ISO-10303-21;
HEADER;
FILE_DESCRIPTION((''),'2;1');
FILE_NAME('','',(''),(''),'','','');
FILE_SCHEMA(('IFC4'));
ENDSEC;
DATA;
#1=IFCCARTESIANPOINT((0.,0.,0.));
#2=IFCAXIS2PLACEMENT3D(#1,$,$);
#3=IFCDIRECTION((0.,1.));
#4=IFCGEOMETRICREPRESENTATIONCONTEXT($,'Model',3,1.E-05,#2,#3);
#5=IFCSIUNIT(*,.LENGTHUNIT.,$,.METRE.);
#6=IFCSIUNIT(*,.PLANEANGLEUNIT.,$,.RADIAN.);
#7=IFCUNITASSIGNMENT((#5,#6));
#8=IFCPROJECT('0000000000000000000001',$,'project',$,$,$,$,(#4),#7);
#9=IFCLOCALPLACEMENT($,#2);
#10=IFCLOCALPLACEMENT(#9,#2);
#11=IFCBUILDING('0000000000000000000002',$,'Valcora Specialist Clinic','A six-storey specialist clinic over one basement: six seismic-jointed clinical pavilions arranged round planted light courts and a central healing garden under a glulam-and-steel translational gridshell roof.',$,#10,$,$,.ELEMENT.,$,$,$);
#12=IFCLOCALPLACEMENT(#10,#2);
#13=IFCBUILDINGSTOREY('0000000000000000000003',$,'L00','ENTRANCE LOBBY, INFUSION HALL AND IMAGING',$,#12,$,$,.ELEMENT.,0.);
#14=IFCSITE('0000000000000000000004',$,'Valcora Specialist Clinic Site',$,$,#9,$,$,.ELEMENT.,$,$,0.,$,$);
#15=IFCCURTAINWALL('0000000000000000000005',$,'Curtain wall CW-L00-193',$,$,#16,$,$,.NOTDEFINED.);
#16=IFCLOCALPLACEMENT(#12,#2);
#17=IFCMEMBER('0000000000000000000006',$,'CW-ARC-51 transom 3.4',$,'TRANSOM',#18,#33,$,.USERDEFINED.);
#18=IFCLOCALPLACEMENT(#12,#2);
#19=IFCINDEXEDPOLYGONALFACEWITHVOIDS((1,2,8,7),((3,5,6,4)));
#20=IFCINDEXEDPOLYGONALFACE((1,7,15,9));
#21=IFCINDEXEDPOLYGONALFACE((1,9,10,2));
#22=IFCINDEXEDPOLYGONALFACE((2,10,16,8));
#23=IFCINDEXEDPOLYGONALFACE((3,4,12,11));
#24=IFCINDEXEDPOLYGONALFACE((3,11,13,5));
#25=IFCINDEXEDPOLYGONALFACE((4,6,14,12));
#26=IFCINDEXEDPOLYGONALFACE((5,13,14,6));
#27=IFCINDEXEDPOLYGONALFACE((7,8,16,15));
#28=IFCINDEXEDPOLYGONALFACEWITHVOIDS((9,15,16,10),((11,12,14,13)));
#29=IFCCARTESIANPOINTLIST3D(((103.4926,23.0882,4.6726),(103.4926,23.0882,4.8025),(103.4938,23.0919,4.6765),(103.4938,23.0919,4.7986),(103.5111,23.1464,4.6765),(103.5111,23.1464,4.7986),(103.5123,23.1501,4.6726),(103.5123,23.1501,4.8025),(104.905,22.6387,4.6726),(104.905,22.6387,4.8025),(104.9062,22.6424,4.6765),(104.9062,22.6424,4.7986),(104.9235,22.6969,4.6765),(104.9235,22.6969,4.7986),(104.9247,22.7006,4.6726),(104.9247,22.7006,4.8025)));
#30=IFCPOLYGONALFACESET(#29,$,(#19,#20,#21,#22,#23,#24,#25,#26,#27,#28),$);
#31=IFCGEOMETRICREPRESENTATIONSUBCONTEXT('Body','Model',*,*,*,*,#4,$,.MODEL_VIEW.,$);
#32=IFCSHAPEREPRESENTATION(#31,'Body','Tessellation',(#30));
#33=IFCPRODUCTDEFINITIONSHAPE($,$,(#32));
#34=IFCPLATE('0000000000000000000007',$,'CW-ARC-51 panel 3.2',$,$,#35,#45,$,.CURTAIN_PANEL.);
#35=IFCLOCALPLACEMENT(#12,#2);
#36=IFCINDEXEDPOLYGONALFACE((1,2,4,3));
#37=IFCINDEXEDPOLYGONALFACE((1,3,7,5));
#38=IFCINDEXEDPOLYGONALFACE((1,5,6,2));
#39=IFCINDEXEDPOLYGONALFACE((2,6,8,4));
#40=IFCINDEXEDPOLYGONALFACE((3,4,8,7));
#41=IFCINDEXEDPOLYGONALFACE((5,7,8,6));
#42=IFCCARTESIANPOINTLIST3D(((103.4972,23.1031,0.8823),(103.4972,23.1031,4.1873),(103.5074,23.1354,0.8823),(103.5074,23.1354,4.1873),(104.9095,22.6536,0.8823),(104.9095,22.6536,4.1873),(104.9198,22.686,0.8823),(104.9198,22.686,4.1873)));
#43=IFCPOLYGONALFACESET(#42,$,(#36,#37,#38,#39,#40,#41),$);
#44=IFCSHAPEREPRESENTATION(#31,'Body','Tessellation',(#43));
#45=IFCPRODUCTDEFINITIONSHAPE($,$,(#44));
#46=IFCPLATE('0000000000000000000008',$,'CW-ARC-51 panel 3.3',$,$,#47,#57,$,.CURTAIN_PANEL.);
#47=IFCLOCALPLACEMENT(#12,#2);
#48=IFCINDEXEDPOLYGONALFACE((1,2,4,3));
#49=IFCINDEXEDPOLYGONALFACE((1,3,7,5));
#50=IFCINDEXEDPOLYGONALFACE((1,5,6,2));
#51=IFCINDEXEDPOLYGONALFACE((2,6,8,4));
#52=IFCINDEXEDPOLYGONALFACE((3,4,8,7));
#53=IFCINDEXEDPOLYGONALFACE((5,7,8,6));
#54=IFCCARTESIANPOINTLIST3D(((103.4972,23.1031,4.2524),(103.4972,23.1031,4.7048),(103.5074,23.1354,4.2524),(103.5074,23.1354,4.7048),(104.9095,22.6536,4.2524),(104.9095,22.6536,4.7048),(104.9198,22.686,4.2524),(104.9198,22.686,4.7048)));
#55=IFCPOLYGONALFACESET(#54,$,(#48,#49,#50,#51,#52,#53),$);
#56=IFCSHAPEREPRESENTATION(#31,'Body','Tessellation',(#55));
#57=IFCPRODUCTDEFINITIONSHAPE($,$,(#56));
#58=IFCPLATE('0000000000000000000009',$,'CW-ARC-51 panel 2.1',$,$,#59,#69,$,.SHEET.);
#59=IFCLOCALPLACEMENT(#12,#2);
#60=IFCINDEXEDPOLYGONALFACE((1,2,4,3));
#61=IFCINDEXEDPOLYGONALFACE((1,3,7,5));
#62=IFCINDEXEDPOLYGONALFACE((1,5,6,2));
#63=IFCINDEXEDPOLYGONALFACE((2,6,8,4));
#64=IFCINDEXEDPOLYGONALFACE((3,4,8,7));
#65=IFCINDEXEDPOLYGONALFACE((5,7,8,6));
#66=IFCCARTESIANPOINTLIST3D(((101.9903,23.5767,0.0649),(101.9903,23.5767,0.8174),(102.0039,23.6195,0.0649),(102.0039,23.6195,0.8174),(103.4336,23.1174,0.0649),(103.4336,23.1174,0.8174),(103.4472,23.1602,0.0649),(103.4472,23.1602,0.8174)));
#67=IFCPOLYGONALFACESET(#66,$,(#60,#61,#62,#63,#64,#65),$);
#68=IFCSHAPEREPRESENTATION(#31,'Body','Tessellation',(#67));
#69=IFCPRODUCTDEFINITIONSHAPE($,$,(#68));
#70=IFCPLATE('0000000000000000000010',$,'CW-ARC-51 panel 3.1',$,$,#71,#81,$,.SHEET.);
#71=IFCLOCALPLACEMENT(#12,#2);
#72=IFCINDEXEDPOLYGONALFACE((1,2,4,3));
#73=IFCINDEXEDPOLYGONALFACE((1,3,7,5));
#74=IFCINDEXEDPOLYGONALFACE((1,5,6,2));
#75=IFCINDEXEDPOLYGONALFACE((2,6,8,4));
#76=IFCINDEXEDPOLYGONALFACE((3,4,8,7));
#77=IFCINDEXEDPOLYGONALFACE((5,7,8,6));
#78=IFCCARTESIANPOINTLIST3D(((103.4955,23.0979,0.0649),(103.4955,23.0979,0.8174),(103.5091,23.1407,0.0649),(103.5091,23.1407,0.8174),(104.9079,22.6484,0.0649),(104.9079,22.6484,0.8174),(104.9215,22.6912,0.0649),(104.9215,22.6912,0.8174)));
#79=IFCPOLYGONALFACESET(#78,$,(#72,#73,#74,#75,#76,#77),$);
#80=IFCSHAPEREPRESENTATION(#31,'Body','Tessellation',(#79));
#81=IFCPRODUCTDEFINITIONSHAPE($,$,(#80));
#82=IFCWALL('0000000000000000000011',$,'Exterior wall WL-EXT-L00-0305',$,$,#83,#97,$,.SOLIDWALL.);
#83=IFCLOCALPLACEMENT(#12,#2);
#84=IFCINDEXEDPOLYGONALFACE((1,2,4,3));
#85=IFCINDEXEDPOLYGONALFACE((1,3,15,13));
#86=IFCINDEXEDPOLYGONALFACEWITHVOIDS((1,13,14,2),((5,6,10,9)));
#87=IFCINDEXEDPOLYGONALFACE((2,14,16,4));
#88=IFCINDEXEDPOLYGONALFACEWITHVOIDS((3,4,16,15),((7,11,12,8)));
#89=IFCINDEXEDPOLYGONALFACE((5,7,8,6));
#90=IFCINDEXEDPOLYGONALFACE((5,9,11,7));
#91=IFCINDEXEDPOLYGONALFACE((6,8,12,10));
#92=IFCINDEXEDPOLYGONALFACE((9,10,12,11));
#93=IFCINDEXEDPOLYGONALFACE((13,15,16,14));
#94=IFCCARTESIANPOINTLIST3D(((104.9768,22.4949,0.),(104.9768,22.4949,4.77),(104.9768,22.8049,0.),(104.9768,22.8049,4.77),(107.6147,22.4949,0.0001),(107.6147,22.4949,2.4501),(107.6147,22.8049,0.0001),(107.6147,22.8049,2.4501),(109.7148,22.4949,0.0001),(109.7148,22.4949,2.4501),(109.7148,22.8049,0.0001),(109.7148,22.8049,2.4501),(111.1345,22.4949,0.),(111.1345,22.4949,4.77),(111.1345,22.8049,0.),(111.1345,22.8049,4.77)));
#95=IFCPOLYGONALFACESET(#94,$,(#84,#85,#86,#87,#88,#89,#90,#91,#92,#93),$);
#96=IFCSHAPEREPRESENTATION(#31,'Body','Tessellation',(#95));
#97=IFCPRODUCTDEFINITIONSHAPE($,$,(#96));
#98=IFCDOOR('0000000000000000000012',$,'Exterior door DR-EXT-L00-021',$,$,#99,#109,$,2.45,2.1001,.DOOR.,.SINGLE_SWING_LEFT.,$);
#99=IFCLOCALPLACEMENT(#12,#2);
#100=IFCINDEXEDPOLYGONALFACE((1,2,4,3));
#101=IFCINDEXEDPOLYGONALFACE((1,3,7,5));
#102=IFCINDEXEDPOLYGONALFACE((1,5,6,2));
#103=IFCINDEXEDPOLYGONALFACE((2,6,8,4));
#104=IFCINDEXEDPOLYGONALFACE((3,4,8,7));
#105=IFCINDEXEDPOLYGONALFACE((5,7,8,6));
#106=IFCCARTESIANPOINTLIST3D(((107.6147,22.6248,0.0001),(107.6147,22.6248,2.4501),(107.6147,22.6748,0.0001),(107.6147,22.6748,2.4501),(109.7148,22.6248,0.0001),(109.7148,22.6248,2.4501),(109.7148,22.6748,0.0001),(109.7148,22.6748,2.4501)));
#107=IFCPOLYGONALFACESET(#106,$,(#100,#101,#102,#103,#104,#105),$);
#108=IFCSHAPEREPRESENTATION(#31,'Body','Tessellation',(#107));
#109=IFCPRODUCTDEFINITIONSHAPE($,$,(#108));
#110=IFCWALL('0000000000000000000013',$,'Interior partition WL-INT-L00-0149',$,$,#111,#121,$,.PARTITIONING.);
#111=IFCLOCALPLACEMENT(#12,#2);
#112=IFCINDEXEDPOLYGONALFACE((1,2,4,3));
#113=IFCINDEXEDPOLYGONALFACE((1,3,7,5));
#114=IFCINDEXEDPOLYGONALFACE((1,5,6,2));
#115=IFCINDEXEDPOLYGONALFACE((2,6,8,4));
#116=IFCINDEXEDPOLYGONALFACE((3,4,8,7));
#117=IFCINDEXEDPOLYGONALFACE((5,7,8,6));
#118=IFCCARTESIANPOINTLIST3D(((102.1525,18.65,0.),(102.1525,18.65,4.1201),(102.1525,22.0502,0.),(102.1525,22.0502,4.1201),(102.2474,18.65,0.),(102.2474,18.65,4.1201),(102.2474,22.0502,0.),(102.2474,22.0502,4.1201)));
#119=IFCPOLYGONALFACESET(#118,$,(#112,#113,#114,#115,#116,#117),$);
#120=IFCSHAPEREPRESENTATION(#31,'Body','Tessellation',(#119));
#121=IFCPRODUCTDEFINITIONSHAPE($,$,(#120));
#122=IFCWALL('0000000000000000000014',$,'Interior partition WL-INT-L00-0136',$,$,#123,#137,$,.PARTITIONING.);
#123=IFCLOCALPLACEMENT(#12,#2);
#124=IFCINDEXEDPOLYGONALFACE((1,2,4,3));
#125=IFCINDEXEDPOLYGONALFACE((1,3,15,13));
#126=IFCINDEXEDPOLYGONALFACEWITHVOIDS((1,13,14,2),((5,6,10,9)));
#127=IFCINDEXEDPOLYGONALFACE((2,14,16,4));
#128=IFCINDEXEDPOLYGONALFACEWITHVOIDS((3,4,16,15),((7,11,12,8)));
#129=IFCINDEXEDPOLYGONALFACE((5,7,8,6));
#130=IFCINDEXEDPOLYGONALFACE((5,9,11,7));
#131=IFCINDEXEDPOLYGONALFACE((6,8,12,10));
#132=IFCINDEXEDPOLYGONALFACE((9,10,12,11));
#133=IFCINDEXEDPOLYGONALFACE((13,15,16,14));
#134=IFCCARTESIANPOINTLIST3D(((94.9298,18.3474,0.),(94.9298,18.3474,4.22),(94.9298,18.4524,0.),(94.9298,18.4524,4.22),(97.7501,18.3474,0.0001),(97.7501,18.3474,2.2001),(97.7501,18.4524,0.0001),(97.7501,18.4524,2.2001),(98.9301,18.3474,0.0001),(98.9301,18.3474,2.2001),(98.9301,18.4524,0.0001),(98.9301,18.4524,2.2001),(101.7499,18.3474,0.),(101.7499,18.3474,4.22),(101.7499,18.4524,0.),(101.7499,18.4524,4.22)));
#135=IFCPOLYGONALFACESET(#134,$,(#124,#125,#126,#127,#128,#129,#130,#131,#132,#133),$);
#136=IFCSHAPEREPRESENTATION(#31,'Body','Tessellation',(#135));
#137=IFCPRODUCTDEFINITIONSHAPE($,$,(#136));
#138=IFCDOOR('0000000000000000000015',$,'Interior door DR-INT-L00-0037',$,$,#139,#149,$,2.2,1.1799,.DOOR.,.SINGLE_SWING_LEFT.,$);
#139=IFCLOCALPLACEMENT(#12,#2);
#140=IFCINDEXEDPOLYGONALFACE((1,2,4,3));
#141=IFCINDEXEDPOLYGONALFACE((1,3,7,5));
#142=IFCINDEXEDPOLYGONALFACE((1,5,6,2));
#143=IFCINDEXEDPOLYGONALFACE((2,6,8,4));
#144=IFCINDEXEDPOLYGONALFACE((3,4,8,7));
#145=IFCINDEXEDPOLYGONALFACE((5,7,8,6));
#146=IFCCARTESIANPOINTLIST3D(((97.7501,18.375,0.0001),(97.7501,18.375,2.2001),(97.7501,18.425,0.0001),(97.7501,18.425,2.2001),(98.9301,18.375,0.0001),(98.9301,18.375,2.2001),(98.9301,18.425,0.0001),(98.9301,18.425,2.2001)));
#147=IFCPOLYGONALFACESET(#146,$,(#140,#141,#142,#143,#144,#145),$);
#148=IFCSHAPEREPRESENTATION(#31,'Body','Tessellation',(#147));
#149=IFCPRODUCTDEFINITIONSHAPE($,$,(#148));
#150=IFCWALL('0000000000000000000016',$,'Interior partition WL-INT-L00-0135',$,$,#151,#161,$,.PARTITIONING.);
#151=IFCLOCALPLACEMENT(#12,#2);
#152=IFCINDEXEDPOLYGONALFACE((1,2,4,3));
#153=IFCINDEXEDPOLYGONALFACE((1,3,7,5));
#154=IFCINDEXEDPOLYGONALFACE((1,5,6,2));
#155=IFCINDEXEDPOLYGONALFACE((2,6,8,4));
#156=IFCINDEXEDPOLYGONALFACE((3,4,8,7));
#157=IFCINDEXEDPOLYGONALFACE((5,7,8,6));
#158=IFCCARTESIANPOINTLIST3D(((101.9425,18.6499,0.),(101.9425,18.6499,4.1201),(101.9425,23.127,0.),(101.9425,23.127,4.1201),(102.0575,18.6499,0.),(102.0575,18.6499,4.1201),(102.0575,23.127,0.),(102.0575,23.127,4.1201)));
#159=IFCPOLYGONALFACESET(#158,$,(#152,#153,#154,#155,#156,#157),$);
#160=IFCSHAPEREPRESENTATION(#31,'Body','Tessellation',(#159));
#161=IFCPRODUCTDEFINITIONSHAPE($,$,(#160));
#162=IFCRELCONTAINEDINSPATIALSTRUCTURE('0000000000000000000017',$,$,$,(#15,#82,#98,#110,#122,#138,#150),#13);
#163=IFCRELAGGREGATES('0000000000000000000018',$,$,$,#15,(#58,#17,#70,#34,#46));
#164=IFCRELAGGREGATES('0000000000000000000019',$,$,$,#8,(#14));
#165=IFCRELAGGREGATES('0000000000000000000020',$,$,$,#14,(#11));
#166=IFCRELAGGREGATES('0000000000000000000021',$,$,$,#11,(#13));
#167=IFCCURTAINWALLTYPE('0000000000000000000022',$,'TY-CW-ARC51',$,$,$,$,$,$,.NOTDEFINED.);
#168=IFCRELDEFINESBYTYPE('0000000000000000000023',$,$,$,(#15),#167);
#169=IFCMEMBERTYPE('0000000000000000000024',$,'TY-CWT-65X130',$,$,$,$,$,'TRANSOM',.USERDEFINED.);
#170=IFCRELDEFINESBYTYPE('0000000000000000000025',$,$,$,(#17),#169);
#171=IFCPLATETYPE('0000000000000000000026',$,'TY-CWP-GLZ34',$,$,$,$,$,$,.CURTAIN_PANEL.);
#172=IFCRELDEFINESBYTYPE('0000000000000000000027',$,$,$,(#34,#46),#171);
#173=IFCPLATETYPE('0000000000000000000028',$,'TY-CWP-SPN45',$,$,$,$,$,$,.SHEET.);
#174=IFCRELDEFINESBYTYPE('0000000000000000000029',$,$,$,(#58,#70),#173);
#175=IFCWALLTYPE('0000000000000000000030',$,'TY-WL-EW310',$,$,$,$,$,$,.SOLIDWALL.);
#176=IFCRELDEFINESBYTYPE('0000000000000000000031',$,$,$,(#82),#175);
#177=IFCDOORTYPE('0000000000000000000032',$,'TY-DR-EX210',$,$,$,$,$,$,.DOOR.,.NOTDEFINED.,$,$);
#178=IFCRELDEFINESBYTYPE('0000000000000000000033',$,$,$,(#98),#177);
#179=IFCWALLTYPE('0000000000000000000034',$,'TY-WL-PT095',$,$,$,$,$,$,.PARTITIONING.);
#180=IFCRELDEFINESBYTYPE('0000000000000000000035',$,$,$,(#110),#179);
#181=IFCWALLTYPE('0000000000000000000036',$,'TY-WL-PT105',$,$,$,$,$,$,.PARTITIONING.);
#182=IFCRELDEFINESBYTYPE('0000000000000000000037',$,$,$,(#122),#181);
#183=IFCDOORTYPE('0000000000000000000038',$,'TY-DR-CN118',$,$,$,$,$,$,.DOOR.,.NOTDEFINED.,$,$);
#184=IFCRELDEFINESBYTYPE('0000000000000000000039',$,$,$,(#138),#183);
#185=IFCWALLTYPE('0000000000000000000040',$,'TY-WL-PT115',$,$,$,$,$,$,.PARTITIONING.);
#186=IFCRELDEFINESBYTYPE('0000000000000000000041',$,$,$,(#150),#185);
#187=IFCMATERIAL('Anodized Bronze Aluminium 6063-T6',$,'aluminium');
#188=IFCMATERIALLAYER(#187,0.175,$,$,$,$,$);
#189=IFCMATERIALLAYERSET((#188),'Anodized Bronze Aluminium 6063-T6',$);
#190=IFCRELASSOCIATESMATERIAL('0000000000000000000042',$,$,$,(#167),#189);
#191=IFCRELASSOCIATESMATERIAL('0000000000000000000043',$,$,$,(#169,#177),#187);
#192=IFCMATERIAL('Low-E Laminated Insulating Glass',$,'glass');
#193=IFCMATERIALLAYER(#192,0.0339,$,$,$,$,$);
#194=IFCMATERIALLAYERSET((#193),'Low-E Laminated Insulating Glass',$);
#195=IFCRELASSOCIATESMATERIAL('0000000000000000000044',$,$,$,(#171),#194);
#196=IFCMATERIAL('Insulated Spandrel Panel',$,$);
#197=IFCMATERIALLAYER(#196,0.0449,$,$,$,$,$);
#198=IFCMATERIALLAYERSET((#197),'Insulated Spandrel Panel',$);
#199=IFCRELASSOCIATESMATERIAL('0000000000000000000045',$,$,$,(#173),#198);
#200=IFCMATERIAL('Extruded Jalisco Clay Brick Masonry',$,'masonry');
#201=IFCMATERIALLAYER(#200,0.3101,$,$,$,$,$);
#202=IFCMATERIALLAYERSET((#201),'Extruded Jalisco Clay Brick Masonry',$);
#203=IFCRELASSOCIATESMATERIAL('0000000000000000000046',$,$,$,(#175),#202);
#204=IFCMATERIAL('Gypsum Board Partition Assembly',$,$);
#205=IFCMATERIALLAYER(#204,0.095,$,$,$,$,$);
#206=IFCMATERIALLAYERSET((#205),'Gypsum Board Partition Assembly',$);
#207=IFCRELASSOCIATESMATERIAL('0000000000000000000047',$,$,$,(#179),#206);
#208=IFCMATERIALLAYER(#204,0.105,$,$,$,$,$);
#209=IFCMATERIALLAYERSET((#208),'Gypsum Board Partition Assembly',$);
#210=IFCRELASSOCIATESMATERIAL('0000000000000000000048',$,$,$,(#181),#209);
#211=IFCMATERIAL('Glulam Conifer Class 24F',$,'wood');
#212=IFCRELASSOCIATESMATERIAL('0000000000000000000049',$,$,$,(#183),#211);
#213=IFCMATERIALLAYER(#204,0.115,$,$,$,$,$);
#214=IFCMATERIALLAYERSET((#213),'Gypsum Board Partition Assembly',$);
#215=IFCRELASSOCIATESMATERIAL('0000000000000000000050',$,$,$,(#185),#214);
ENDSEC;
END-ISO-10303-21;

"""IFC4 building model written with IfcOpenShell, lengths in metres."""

from ifc_helpers import new_model, si_unit, direction, frame, frame_2d, origin, origin_2d, place, context, subcontext, project, spatial, rectangle, hollow_rectangle, extrude, material, layer, layer_set, material_profile, profile_set, type_object, element, fill, aggregate, save


model = new_model("IFC4")

# Units and contexts
model_context = context("Model", 3, precision=1e-05, world=origin(), true_north=direction((0.0, 1.0)))
body_context = subcontext(model_context, "Body", "Model", "MODEL_VIEW")
ifc_project = project(units=[si_unit("LENGTHUNIT", "METRE"), si_unit("PLANEANGLEUNIT", "RADIAN")], contexts=[model_context])

# Site, building, storey
site_placement = place(None, origin())
site = spatial("IfcSite", under=ifc_project, at=site_placement, Name="Valcora Specialist Clinic Site", CompositionType="ELEMENT", RefElevation=0.0)
building_placement = place(site_placement, origin())
building = spatial("IfcBuilding", under=site, at=building_placement, Name="Valcora Specialist Clinic", Description="A six-storey specialist clinic over one basement: six seismic-jointed clinical pavilions arranged round planted light courts and a central healing garden under a glulam-and-steel translational gridshell roof.", CompositionType="ELEMENT")
storey_placement = place(building_placement, origin())
storey = spatial("IfcBuildingStorey", under=building, at=storey_placement, Name="L00", Description="ENTRANCE LOBBY, INFUSION HALL AND IMAGING", CompositionType="ELEMENT", Elevation=0.0)

# Curtain wall, member, plates
ifc_material_1 = material(Name="Anodized Bronze Aluminium 6063-T6", Category="aluminium")
ifc_layer_1 = layer(ifc_material_1, 0.175)
ifc_layer_set_1 = layer_set([ifc_layer_1], Name="Anodized Bronze Aluminium 6063-T6")
curtain_wall_type = type_object("IfcCurtainWallType", Name="TY-CW-ARC51", PredefinedType="NOTDEFINED", material=ifc_layer_set_1)
curtain_wall_placement = place(storey_placement, origin())
curtain_wall = element("IfcCurtainWall", 1, at=curtain_wall_placement, inside=storey, type_object=curtain_wall_type, Name="Curtain wall CW-L00-193", PredefinedType="NOTDEFINED")
ifc_material_profile_1 = material_profile(ifc_material_1, hollow_rectangle(XDim=0.0649, YDim=0.1299, WallThickness=0.0039, at=origin_2d()), Name="AL-TRN-65X130")
ifc_profile_set_1 = profile_set([ifc_material_profile_1], Name="Anodized Bronze Aluminium 6063-T6")
member_type_1 = type_object("IfcMemberType", Name="TY-CWT-65X130", ElementType="TRANSOM", PredefinedType="USERDEFINED", material=ifc_profile_set_1)
member_1_placement = place(storey_placement, frame((103.5024, 23.1191, 4.7375), z_axis=(0.952911, -0.303251, 0.0), x_axis=(0.303251, 0.952911, 0.0)))
member_1 = element("IfcMember", 2, at=member_1_placement, type_object=member_type_1, Name="CW-ARC-51 transom 3.4", ObjectType="TRANSOM", PredefinedType="USERDEFINED", context=body_context, shape_type="SweptSolid", body=[
    extrude(hollow_rectangle(XDim=0.0649, YDim=0.1299, WallThickness=0.0039, at=origin_2d()), origin(), (0.0, 0.0, 1.0), 1.4822),
])
ifc_material_2 = material(Name="Low-E Laminated Insulating Glass", Category="glass")
ifc_layer_2 = layer(ifc_material_2, 0.0339)
ifc_layer_set_2 = layer_set([ifc_layer_2], Name="Low-E Laminated Insulating Glass")
plate_type_1 = type_object("IfcPlateType", Name="TY-CWP-GLZ34", PredefinedType="CURTAIN_PANEL", material=ifc_layer_set_2)
plate_1_placement = place(storey_placement, frame((104.2085, 22.8945, 0.8823), z_axis=(0.0, 0.0, 1.0), x_axis=(0.952916, -0.303233, 0.0)))
plate_1 = element("IfcPlate", 3, at=plate_1_placement, type_object=plate_type_1, Name="CW-ARC-51 panel 3.2", PredefinedType="CURTAIN_PANEL", context=body_context, shape_type="SweptSolid", body=[
    extrude(rectangle(XDim=1.4822, YDim=0.0339, at=origin_2d()), origin(), (0.0, 0.0, 1.0), 3.3049),
])
plate_2_placement = place(storey_placement, frame((104.2085, 22.8945, 4.2524), z_axis=(0.0, 0.0, 1.0), x_axis=(0.952916, -0.303233, 0.0)))
plate_2 = element("IfcPlate", 4, at=plate_2_placement, type_object=plate_type_1, Name="CW-ARC-51 panel 3.3", PredefinedType="CURTAIN_PANEL", context=body_context, shape_type="SweptSolid", body=[
    extrude(rectangle(XDim=1.4822, YDim=0.0339, at=origin_2d()), origin(), (0.0, 0.0, 1.0), 0.4524),
])
ifc_material_3 = material(Name="Insulated Spandrel Panel")
ifc_layer_3 = layer(ifc_material_3, 0.0449)
ifc_layer_set_3 = layer_set([ifc_layer_3], Name="Insulated Spandrel Panel")
plate_type_2 = type_object("IfcPlateType", Name="TY-CWP-SPN45", PredefinedType="SHEET", material=ifc_layer_set_3)
plate_3_placement = place(storey_placement, frame((102.7188, 23.3684, 0.0649), z_axis=(0.0, 0.0, 1.0), x_axis=(0.952916, -0.303233, 0.0)))
plate_3 = element("IfcPlate", 5, at=plate_3_placement, type_object=plate_type_2, Name="CW-ARC-51 panel 2.1", PredefinedType="SHEET", context=body_context, shape_type="SweptSolid", body=[
    extrude(rectangle(XDim=1.5146, YDim=0.0449, at=origin_2d()), origin(), (0.0, 0.0, 1.0), 0.7524),
])
plate_4_placement = place(storey_placement, frame((104.2085, 22.8945, 0.0649), z_axis=(0.0, 0.0, 1.0), x_axis=(0.952916, -0.303233, 0.0)))
plate_4 = element("IfcPlate", 6, at=plate_4_placement, type_object=plate_type_2, Name="CW-ARC-51 panel 3.1", PredefinedType="SHEET", context=body_context, shape_type="SweptSolid", body=[
    extrude(rectangle(XDim=1.4822, YDim=0.0449, at=origin_2d()), origin(), (0.0, 0.0, 1.0), 0.7524),
])
aggregate(curtain_wall, [plate_3, member_1, plate_4, plate_1, plate_2])

# Wall, opening, door
ifc_material_4 = material(Name="Extruded Jalisco Clay Brick Masonry", Category="masonry")
ifc_layer_4 = layer(ifc_material_4, 0.3101)
ifc_layer_set_4 = layer_set([ifc_layer_4], Name="Extruded Jalisco Clay Brick Masonry")
wall_type_1 = type_object("IfcWallType", Name="TY-WL-EW310", PredefinedType="SOLIDWALL", material=ifc_layer_set_4)
wall_1_placement = place(storey_placement, frame((104.9768, 22.6499, 0.0), z_axis=(0.0, 0.0, 1.0), x_axis=(1.0, 0.0, 0.0)))
wall_1 = element("IfcWall", 7, at=wall_1_placement, inside=storey, type_object=wall_type_1, Name="Exterior wall WL-EXT-L00-0305", PredefinedType="SOLIDWALL", context=body_context, shape_type="SweptSolid", body=[
    extrude(rectangle(XDim=6.1577, YDim=0.3101, at=frame_2d((3.0789, 0.0))), origin(), (0.0, 0.0, 1.0), 4.77),
])
opening_1_placement = place(wall_1_placement, frame((2.6379, 0.0, 0.0)))
opening_1 = element("IfcOpeningElement", 8, at=opening_1_placement, cuts=wall_1, PredefinedType="OPENING", context=body_context, shape_type="SweptSolid", body=[
    extrude(rectangle(XDim=2.1001, YDim=2.45, at=frame_2d((1.05, 1.2251))), frame((0.0, 0.165, 0.0), z_axis=(0.0, -1.0, 0.0), x_axis=(1.0, 0.0, 0.0)), (0.0, 0.0, 1.0), 0.3301),
])
door_type_1 = type_object("IfcDoorType", Name="TY-DR-EX210", OperationType="NOTDEFINED", PredefinedType="DOOR", material=ifc_material_1)
door_1_placement = place(opening_1_placement, origin())
door_1 = element("IfcDoor", 9, at=door_1_placement, inside=storey, type_object=door_type_1, Name="Exterior door DR-EXT-L00-021", OperationType="SINGLE_SWING_LEFT", OverallHeight=2.45, OverallWidth=2.1001, PredefinedType="DOOR", context=body_context, shape_type="SweptSolid", body=[
    extrude(rectangle(XDim=2.1001, YDim=2.45, at=frame_2d((1.05, 1.2251))), frame((0.0, 0.0249, 0.0), z_axis=(0.0, -1.0, 0.0), x_axis=(1.0, 0.0, 0.0)), (0.0, 0.0, 1.0), 0.05),
])
fill(opening_1, door_1)

# Wall
ifc_material_5 = material(Name="Gypsum Board Partition Assembly")
ifc_layer_5 = layer(ifc_material_5, 0.095)
ifc_layer_set_5 = layer_set([ifc_layer_5], Name="Gypsum Board Partition Assembly")
wall_type_2 = type_object("IfcWallType", Name="TY-WL-PT095", PredefinedType="PARTITIONING", material=ifc_layer_set_5)
wall_2_placement = place(storey_placement, frame((102.2, 18.6499, 0.0), z_axis=(0.0, 0.0, 1.0), x_axis=(0.0, 1.0, 0.0)))
element("IfcWall", 10, at=wall_2_placement, inside=storey, type_object=wall_type_2, Name="Interior partition WL-INT-L00-0149", PredefinedType="PARTITIONING", context=body_context, shape_type="SweptSolid", body=[
    extrude(rectangle(XDim=3.4001, YDim=0.095, at=frame_2d((1.7002, 0.0))), origin(), (0.0, 0.0, 1.0), 4.1201),
])

# Wall, opening, door
ifc_layer_6 = layer(ifc_material_5, 0.105)
ifc_layer_set_6 = layer_set([ifc_layer_6], Name="Gypsum Board Partition Assembly")
wall_type_3 = type_object("IfcWallType", Name="TY-WL-PT105", PredefinedType="PARTITIONING", material=ifc_layer_set_6)
wall_3_placement = place(storey_placement, frame((101.75, 18.3999, 0.0), z_axis=(0.0, 0.0, 1.0), x_axis=(-1.0, 0.0, 0.0)))
wall_3 = element("IfcWall", 11, at=wall_3_placement, inside=storey, type_object=wall_type_3, Name="Interior partition WL-INT-L00-0136", PredefinedType="PARTITIONING", context=body_context, shape_type="SweptSolid", body=[
    extrude(rectangle(XDim=6.8201, YDim=0.105, at=frame_2d((3.4102, 0.0))), origin(), (0.0, 0.0, 1.0), 4.22),
])
opening_2_placement = place(wall_3_placement, frame((2.8201, 0.0, 0.0)))
opening_2 = element("IfcOpeningElement", 12, at=opening_2_placement, cuts=wall_3, PredefinedType="OPENING", context=body_context, shape_type="SweptSolid", body=[
    extrude(rectangle(XDim=1.1799, YDim=2.2, at=frame_2d((0.5898, 1.1001))), frame((0.0, 0.0625, 0.0), z_axis=(0.0, -1.0, 0.0), x_axis=(1.0, 0.0, 0.0)), (0.0, 0.0, 1.0), 0.125),
])
ifc_material_6 = material(Name="Glulam Conifer Class 24F", Category="wood")
door_type_2 = type_object("IfcDoorType", Name="TY-DR-CN118", OperationType="NOTDEFINED", PredefinedType="DOOR", material=ifc_material_6)
door_2_placement = place(opening_2_placement, origin())
door_2 = element("IfcDoor", 13, at=door_2_placement, inside=storey, type_object=door_type_2, Name="Interior door DR-INT-L00-0037", OperationType="SINGLE_SWING_LEFT", OverallHeight=2.2, OverallWidth=1.1799, PredefinedType="DOOR", context=body_context, shape_type="SweptSolid", body=[
    extrude(rectangle(XDim=1.1799, YDim=2.2, at=frame_2d((0.5898, 1.1001))), frame((0.0, 0.0249, 0.0), z_axis=(0.0, -1.0, 0.0), x_axis=(1.0, 0.0, 0.0)), (0.0, 0.0, 1.0), 0.05),
])
fill(opening_2, door_2)

# Wall
ifc_layer_7 = layer(ifc_material_5, 0.115)
ifc_layer_set_7 = layer_set([ifc_layer_7], Name="Gypsum Board Partition Assembly")
wall_type_4 = type_object("IfcWallType", Name="TY-WL-PT115", PredefinedType="PARTITIONING", material=ifc_layer_set_7)
wall_4_placement = place(storey_placement, frame((102.0, 23.127, 0.0), z_axis=(0.0, 0.0, 1.0), x_axis=(0.0, -1.0, 0.0)))
element("IfcWall", 14, at=wall_4_placement, inside=storey, type_object=wall_type_4, Name="Interior partition WL-INT-L00-0135", PredefinedType="PARTITIONING", context=body_context, shape_type="SweptSolid", body=[
    extrude(rectangle(XDim=4.4771, YDim=0.115, at=frame_2d((2.2385, 0.0))), origin(), (0.0, 0.0, 1.0), 4.1201),
])

save(model, "model.ifc")
